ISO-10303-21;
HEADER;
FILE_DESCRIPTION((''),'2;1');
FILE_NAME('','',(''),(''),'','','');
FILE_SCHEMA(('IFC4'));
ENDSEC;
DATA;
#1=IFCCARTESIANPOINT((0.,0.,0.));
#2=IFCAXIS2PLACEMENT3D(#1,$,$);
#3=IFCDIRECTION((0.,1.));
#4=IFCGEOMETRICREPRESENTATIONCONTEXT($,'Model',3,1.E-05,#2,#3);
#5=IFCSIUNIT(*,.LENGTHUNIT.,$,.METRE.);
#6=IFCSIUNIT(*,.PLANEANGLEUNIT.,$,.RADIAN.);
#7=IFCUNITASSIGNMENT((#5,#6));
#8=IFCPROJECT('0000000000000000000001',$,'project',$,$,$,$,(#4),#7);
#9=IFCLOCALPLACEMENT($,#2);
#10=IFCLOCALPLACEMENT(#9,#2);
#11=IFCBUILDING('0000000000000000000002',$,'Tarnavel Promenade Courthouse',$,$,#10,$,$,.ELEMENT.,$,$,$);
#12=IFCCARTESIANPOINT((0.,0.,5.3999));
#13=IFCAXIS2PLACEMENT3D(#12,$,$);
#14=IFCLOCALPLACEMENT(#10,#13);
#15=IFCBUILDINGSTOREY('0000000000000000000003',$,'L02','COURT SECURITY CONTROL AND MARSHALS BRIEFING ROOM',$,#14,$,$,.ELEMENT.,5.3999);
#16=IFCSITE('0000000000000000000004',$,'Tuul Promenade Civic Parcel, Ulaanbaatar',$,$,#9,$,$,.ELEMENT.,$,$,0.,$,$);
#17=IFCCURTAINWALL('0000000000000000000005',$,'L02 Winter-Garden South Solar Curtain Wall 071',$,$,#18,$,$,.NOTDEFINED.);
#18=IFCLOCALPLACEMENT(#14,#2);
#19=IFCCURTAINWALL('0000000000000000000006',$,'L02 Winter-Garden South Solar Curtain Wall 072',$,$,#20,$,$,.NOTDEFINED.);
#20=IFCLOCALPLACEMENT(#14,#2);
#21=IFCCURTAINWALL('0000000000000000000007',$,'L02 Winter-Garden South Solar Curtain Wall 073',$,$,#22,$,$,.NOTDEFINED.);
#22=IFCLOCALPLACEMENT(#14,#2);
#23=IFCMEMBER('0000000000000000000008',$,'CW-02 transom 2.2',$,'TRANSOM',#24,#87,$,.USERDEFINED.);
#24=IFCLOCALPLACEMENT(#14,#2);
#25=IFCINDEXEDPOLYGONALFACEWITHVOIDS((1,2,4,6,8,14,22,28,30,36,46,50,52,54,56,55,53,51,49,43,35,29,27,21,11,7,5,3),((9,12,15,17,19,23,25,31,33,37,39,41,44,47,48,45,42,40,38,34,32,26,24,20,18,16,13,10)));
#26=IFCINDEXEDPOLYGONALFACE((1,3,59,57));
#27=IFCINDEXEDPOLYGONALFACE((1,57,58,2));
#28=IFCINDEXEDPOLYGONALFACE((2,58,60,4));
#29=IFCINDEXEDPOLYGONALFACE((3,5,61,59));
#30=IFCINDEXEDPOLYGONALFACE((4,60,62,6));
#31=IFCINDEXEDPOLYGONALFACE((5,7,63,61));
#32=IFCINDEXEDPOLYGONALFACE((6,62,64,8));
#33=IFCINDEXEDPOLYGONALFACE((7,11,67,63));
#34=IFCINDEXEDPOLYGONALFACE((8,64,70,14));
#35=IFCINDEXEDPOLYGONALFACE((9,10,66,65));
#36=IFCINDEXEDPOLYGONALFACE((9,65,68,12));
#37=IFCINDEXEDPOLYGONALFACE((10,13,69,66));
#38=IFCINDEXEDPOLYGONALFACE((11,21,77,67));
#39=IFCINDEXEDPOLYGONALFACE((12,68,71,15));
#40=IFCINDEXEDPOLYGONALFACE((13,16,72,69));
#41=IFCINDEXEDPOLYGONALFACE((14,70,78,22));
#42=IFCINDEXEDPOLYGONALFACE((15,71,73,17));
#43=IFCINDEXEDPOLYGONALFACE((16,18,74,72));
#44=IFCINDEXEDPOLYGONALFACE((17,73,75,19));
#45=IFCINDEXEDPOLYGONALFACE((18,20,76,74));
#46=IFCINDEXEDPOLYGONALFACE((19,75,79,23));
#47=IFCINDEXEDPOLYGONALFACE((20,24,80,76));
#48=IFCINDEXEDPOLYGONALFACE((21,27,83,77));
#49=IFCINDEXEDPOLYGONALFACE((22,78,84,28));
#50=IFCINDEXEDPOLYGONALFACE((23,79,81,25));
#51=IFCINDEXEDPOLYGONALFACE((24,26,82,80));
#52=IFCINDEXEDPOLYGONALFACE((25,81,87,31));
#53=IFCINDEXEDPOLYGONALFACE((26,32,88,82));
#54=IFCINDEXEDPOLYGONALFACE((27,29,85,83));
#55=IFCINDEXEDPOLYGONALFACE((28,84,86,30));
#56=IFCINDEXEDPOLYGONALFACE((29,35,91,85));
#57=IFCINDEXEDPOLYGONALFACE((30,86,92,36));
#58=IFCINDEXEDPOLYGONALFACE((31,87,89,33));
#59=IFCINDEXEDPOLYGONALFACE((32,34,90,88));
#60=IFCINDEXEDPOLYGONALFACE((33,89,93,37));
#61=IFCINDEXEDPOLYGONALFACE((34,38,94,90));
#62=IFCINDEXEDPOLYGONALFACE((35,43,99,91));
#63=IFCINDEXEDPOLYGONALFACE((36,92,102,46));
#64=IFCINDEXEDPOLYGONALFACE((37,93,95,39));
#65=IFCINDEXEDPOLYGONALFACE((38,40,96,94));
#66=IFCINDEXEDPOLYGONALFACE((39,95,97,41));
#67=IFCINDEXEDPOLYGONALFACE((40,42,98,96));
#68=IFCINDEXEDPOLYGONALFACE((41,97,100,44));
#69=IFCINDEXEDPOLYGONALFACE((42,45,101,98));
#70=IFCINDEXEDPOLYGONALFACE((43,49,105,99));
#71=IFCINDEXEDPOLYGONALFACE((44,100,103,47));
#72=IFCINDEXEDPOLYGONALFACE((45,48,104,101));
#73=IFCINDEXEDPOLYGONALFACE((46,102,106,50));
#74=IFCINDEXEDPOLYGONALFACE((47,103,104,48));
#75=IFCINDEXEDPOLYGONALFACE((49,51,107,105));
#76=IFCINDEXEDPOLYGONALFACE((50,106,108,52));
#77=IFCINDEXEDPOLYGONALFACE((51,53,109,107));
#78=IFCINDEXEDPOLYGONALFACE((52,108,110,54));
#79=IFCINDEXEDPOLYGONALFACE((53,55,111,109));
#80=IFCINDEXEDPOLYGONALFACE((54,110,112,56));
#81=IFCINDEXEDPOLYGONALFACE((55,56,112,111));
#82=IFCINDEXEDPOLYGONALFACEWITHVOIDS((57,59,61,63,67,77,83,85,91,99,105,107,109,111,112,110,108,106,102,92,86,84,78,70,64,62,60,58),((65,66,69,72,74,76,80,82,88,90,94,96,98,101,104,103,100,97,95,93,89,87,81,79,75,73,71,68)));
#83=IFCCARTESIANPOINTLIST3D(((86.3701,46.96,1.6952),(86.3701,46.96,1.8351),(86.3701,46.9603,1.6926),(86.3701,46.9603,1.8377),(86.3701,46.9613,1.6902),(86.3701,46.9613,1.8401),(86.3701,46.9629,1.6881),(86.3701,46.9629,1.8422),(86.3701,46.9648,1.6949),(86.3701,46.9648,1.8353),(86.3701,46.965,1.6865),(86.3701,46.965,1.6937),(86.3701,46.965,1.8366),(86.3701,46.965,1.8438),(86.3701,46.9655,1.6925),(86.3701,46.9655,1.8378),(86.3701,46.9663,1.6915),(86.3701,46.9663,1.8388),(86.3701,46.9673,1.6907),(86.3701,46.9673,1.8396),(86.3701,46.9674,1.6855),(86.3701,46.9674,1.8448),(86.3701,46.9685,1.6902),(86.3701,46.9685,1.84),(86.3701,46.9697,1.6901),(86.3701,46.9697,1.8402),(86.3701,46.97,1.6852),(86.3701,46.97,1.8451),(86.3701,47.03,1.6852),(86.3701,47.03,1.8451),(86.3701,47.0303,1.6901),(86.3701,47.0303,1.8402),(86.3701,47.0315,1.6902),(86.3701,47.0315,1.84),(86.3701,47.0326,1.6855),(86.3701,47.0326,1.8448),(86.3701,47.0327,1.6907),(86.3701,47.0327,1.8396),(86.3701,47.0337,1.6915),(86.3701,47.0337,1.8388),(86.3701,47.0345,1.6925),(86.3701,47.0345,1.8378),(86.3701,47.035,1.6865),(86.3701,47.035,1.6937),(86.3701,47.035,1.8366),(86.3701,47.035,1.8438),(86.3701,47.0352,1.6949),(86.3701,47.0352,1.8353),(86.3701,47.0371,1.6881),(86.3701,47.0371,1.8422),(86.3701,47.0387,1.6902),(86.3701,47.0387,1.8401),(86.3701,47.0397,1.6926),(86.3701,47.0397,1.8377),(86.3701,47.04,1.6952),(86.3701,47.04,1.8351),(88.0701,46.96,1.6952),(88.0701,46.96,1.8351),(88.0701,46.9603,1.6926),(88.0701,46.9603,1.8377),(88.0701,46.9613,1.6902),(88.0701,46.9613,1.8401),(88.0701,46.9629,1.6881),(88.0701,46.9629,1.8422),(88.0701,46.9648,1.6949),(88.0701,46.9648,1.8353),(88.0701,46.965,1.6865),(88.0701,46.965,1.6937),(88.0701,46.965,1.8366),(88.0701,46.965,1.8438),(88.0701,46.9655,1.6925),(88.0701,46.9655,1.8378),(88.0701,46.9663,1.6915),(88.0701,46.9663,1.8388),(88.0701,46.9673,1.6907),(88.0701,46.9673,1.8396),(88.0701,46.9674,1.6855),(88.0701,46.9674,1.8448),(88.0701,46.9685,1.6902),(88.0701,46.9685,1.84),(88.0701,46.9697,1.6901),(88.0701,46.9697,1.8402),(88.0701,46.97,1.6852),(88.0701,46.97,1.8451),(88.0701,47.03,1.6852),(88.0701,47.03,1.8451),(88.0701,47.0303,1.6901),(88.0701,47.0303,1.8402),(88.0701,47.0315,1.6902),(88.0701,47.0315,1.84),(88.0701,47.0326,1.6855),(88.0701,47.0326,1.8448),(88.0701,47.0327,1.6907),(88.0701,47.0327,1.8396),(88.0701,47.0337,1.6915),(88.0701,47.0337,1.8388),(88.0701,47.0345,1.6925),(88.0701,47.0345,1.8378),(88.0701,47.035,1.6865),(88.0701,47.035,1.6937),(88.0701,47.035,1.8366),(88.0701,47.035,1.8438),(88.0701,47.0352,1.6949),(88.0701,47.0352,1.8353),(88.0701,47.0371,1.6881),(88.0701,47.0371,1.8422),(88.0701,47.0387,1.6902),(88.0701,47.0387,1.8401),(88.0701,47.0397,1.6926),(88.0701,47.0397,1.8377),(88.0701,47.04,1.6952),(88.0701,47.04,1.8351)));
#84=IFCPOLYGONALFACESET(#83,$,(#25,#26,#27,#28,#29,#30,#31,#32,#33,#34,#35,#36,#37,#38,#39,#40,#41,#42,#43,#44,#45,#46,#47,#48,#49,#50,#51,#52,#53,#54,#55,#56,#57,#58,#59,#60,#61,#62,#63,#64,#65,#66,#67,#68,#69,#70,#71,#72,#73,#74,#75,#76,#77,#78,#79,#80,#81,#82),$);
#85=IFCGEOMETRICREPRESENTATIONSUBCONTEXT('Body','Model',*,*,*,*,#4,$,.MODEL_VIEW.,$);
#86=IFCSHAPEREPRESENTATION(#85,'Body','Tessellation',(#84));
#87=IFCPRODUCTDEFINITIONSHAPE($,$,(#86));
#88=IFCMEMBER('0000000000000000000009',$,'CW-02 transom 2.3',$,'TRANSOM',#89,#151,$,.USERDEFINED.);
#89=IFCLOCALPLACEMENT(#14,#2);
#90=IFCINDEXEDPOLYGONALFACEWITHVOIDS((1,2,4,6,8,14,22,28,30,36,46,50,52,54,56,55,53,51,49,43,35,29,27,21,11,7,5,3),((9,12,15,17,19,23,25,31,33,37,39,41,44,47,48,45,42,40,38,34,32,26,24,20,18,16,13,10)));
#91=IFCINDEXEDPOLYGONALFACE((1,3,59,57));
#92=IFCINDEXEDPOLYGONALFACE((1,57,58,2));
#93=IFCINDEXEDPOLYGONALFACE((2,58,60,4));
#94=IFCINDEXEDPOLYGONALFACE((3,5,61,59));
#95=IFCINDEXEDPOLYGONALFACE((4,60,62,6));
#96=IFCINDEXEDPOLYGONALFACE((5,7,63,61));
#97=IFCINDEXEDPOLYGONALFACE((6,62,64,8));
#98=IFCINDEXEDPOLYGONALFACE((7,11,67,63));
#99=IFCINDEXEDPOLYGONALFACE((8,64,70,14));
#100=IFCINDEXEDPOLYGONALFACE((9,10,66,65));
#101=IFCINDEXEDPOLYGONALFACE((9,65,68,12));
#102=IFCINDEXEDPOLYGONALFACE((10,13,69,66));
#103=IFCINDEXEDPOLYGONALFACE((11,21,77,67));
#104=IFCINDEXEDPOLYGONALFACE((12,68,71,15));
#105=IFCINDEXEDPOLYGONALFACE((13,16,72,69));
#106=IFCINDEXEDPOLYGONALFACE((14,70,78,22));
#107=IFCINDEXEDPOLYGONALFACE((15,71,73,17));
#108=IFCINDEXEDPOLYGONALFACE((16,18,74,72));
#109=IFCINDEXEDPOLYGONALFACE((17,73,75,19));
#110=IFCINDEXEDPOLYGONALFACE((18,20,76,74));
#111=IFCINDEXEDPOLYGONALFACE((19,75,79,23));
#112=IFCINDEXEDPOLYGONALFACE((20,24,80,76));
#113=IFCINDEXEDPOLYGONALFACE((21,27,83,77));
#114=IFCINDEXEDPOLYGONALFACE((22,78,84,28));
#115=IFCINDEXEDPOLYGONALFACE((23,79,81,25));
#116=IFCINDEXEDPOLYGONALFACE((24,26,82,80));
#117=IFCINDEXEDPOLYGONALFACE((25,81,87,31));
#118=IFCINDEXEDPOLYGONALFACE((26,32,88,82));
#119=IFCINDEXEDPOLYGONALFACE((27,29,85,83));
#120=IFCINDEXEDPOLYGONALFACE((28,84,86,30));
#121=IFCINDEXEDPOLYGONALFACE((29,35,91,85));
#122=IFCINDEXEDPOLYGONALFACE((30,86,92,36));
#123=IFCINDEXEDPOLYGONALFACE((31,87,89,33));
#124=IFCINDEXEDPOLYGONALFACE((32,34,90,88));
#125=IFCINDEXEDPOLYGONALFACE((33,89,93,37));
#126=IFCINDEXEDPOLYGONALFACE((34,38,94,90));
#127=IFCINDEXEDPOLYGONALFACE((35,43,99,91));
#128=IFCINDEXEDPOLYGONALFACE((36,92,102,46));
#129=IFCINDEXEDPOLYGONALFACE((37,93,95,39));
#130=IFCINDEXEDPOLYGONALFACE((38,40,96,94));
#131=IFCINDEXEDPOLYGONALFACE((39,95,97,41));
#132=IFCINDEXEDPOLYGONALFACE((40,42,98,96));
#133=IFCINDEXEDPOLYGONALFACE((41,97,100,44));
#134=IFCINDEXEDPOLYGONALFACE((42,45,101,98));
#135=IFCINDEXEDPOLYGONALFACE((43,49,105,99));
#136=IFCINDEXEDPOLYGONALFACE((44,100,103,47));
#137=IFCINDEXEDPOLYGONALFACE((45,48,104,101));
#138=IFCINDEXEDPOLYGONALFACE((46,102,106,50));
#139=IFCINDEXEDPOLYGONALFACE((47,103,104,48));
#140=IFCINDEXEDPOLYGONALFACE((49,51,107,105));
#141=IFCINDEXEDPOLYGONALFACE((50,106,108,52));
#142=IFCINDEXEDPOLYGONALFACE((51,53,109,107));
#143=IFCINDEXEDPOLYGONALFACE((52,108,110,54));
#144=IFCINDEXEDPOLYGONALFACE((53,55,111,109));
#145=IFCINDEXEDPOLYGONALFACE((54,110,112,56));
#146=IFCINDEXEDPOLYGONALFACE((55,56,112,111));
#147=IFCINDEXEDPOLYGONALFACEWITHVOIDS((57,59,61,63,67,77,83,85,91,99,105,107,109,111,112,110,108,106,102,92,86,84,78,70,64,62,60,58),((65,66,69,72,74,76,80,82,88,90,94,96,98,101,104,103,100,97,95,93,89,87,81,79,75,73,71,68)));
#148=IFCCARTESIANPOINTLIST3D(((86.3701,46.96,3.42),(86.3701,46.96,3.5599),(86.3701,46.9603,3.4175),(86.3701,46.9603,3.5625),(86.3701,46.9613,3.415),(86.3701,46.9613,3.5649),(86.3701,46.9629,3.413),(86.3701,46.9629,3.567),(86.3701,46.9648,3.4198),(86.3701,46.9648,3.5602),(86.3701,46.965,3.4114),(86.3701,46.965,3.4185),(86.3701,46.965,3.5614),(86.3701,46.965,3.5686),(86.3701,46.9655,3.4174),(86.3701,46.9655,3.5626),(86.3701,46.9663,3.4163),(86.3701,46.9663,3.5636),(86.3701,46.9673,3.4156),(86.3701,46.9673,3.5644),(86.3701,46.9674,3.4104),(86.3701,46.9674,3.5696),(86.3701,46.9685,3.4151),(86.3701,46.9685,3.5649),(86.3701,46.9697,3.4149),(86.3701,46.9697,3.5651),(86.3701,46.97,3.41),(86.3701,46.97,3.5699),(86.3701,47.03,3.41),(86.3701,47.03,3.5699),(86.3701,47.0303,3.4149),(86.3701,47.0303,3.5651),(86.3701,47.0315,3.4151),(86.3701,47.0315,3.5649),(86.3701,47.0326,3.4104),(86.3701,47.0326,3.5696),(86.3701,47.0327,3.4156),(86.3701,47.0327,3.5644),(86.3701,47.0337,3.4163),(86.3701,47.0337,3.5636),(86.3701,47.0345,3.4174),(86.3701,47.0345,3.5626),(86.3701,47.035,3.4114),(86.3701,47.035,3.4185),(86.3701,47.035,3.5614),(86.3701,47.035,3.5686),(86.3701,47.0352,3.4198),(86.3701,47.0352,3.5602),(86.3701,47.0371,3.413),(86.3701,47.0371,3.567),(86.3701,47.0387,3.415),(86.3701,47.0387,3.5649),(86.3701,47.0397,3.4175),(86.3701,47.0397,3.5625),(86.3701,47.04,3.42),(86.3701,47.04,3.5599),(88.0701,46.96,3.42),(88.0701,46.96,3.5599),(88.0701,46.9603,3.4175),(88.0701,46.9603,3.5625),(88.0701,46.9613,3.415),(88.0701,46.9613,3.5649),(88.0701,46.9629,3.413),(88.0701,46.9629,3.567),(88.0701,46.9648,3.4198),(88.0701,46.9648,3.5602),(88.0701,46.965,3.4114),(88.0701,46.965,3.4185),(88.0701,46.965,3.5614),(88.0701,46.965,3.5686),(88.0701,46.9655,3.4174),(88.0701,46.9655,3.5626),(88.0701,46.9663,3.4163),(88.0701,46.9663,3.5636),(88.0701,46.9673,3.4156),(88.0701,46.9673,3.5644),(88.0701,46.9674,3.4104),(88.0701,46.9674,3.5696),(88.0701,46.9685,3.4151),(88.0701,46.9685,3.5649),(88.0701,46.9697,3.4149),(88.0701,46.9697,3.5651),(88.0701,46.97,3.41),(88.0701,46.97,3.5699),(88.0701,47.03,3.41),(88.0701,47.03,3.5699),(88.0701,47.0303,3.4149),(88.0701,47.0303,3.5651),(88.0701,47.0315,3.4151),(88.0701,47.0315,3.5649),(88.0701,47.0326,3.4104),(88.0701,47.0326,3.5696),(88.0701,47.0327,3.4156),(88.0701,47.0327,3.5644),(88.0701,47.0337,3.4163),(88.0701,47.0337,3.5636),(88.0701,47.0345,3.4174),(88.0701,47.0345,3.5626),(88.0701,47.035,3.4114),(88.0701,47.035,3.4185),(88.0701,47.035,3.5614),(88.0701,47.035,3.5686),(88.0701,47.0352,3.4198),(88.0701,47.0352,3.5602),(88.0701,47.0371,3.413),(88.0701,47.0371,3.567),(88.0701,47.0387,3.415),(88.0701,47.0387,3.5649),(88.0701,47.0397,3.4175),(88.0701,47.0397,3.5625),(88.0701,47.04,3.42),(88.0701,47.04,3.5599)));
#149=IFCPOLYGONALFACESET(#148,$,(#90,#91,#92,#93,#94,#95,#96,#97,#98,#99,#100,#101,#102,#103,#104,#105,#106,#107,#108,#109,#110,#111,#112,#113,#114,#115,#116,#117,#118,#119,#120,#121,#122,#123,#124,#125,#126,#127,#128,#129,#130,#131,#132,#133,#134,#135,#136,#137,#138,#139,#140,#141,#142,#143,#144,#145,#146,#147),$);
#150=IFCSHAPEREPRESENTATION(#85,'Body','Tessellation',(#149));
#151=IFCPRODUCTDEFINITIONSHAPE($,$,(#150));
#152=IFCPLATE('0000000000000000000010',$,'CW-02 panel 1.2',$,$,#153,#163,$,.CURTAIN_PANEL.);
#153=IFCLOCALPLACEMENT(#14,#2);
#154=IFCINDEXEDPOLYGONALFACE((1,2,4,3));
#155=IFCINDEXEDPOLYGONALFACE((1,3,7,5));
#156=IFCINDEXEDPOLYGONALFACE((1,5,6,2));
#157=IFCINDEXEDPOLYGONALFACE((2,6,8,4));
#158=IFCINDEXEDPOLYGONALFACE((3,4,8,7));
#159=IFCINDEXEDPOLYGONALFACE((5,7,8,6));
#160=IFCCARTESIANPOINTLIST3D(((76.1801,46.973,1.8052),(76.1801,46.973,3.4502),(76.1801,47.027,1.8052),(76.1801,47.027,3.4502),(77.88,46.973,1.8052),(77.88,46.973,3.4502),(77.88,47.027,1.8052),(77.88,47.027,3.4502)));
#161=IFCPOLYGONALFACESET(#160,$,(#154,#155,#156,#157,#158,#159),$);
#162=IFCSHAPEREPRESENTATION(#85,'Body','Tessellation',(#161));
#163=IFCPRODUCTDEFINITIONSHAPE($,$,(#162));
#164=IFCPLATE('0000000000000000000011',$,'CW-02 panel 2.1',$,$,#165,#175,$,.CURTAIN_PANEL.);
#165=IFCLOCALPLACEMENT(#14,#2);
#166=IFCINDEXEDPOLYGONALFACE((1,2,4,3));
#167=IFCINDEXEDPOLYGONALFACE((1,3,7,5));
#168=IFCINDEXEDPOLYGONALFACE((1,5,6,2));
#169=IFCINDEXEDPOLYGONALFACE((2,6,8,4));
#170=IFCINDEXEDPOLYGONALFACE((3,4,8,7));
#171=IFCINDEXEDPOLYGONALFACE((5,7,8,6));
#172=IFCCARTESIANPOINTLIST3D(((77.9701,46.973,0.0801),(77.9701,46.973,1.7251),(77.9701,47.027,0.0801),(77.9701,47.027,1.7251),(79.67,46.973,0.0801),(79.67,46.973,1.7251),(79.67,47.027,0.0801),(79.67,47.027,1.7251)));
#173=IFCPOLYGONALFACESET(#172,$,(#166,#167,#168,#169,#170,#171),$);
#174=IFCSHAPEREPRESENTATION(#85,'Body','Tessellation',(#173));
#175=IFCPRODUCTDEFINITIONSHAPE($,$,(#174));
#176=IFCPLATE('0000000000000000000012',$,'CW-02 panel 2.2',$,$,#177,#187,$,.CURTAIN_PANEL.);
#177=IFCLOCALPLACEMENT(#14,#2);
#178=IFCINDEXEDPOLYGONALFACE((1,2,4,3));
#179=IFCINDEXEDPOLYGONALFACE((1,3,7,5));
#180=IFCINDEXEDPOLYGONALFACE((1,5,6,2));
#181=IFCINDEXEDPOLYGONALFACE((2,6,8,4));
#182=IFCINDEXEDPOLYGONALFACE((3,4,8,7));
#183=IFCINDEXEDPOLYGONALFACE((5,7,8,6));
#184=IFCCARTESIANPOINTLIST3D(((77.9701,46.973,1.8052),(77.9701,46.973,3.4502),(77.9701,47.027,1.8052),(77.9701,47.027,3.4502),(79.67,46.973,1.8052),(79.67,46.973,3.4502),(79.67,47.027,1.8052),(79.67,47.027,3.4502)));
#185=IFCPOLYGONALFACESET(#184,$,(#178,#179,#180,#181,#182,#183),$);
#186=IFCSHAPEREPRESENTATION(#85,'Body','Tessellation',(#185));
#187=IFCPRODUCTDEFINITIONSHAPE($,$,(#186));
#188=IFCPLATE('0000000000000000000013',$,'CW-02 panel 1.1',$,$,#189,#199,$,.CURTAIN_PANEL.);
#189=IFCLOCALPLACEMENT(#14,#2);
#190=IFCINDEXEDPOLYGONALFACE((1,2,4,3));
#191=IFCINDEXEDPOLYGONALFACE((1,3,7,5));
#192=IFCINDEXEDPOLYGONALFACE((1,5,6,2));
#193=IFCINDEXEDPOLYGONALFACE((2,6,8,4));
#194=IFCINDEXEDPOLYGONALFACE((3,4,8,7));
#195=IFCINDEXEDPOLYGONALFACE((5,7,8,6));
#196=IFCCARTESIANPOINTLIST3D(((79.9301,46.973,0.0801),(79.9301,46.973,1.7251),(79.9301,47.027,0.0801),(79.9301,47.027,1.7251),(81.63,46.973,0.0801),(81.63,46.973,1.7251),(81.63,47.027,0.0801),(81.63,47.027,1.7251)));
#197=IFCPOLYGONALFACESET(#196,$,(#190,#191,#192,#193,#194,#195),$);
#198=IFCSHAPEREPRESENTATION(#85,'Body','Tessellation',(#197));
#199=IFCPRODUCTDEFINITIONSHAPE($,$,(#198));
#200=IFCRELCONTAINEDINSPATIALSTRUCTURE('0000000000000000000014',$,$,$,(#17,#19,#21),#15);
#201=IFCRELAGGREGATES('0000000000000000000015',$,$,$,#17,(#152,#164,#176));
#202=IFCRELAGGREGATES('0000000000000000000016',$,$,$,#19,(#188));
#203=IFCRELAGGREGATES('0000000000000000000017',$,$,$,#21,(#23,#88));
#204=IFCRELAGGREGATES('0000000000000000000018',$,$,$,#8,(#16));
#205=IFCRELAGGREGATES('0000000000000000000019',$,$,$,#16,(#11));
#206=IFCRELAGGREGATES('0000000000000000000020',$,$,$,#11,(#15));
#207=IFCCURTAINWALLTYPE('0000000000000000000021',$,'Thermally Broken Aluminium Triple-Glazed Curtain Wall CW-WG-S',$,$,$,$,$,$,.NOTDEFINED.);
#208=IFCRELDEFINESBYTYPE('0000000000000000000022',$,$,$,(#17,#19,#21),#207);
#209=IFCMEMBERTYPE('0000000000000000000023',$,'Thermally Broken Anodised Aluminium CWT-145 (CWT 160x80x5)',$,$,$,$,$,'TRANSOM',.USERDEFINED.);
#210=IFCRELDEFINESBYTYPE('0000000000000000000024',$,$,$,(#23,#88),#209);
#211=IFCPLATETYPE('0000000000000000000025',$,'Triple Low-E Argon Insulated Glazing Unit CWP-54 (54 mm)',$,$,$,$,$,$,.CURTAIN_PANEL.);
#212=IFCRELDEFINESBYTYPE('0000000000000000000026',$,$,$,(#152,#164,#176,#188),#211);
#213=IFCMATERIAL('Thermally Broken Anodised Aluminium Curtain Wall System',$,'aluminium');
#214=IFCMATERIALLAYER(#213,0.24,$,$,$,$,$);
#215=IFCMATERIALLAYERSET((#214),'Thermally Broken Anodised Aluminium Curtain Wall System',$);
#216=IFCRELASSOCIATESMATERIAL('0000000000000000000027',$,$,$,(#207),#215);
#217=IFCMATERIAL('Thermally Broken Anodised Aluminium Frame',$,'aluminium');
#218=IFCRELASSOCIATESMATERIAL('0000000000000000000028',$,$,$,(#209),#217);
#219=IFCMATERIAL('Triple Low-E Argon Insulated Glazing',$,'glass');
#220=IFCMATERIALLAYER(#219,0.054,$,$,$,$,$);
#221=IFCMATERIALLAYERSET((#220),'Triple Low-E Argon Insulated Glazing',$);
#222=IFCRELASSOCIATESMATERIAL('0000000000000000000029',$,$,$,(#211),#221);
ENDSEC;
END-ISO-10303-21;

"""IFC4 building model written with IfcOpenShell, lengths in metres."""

from ifc_helpers import new_model, si_unit, direction, frame, origin, origin_2d, place, context, subcontext, project, spatial, rectangle, hollow_rectangle, extrude, material, layer, layer_set, material_profile, profile_set, type_object, element, aggregate, save


model = new_model("IFC4")

# Units and contexts
model_context = context("Model", 3, precision=1e-05, world=origin(), true_north=direction((0.0, 1.0)))
body_context = subcontext(model_context, "Body", "Model", "MODEL_VIEW")
ifc_project = project(units=[si_unit("LENGTHUNIT", "METRE"), si_unit("PLANEANGLEUNIT", "RADIAN")], contexts=[model_context])

# Site, building, storey
site_placement = place(None, origin())
site = spatial("IfcSite", under=ifc_project, at=site_placement, Name="Tuul Promenade Civic Parcel, Ulaanbaatar", CompositionType="ELEMENT", RefElevation=0.0)
building_placement = place(site_placement, origin())
building = spatial("IfcBuilding", under=site, at=building_placement, Name="Tarnavel Promenade Courthouse", CompositionType="ELEMENT")
storey_placement = place(building_placement, frame((0.0, 0.0, 5.3999)))
storey = spatial("IfcBuildingStorey", under=building, at=storey_placement, Name="L02", Description="COURT SECURITY CONTROL AND MARSHALS BRIEFING ROOM", CompositionType="ELEMENT", Elevation=5.3999)

# Curtain walls
ifc_material_1 = material(Name="Thermally Broken Anodised Aluminium Curtain Wall System", Category="aluminium")
ifc_layer_1 = layer(ifc_material_1, 0.24)
ifc_layer_set_1 = layer_set([ifc_layer_1], Name="Thermally Broken Anodised Aluminium Curtain Wall System")
curtain_wall_type = type_object("IfcCurtainWallType", Name="Thermally Broken Aluminium Triple-Glazed Curtain Wall CW-WG-S", PredefinedType="NOTDEFINED", material=ifc_layer_set_1)
curtain_wall_1_placement = place(storey_placement, origin())
curtain_wall_1 = element("IfcCurtainWall", 1, at=curtain_wall_1_placement, inside=storey, type_object=curtain_wall_type, Name="L02 Winter-Garden South Solar Curtain Wall 071", PredefinedType="NOTDEFINED")
ifc_material_2 = material(Name="Thermally Broken Anodised Aluminium Frame", Category="aluminium")
curtain_wall_2_placement = place(storey_placement, origin())
curtain_wall_2 = element("IfcCurtainWall", 2, at=curtain_wall_2_placement, inside=storey, type_object=curtain_wall_type, Name="L02 Winter-Garden South Solar Curtain Wall 072", PredefinedType="NOTDEFINED")
curtain_wall_3_placement = place(storey_placement, origin())
curtain_wall_3 = element("IfcCurtainWall", 3, at=curtain_wall_3_placement, inside=storey, type_object=curtain_wall_type, Name="L02 Winter-Garden South Solar Curtain Wall 073", PredefinedType="NOTDEFINED")

# Members
ifc_material_profile_1 = material_profile(ifc_material_2, hollow_rectangle(XDim=0.0801, YDim=0.1599, WallThickness=0.0049, InnerFilletRadius=0.0049, OuterFilletRadius=0.01, at=origin_2d()), Name="CWT 160x80x5")
ifc_profile_set_1 = profile_set([ifc_material_profile_1], Name="Thermally Broken Anodised Aluminium Frame")
member_type_1 = type_object("IfcMemberType", Name="Thermally Broken Anodised Aluminium CWT-145 (CWT 160x80x5)", ElementType="TRANSOM", PredefinedType="USERDEFINED", material=ifc_profile_set_1)
member_1_placement = place(storey_placement, frame((86.3701, 47.0, 1.7651), z_axis=(1.0, 0.0, 0.0), x_axis=(0.0, 1.0, 0.0)))
member_1 = element("IfcMember", 4, at=member_1_placement, type_object=member_type_1, Name="CW-02 transom 2.2", ObjectType="TRANSOM", PredefinedType="USERDEFINED", context=body_context, shape_type="SweptSolid", body=[
    extrude(hollow_rectangle(XDim=0.0801, YDim=0.1599, WallThickness=0.0049, InnerFilletRadius=0.0049, OuterFilletRadius=0.01, at=origin_2d()), origin(), (0.0, 0.0, 1.0), 1.7),
])
member_2_placement = place(storey_placement, frame((86.3701, 47.0, 3.49), z_axis=(1.0, 0.0, 0.0), x_axis=(0.0, 1.0, 0.0)))
member_2 = element("IfcMember", 5, at=member_2_placement, type_object=member_type_1, Name="CW-02 transom 2.3", ObjectType="TRANSOM", PredefinedType="USERDEFINED", context=body_context, shape_type="SweptSolid", body=[
    extrude(hollow_rectangle(XDim=0.0801, YDim=0.1599, WallThickness=0.0049, InnerFilletRadius=0.0049, OuterFilletRadius=0.01, at=origin_2d()), origin(), (0.0, 0.0, 1.0), 1.7),
])

# Plates
ifc_material_3 = material(Name="Triple Low-E Argon Insulated Glazing", Category="glass")
ifc_layer_2 = layer(ifc_material_3, 0.054)
ifc_layer_set_2 = layer_set([ifc_layer_2], Name="Triple Low-E Argon Insulated Glazing")
plate_type = type_object("IfcPlateType", Name="Triple Low-E Argon Insulated Glazing Unit CWP-54 (54 mm)", PredefinedType="CURTAIN_PANEL", material=ifc_layer_set_2)
plate_1_placement = place(storey_placement, frame((77.03, 47.0, 1.8052), z_axis=(0.0, 0.0, 1.0), x_axis=(1.0, 0.0, 0.0)))
plate_1 = element("IfcPlate", 6, at=plate_1_placement, type_object=plate_type, Name="CW-02 panel 1.2", PredefinedType="CURTAIN_PANEL", context=body_context, shape_type="SweptSolid", body=[
    extrude(rectangle(XDim=1.7, YDim=0.054, at=origin_2d()), origin(), (0.0, 0.0, 1.0), 1.645),
])
plate_2_placement = place(storey_placement, frame((78.8201, 47.0, 0.0801), z_axis=(0.0, 0.0, 1.0), x_axis=(1.0, 0.0, 0.0)))
plate_2 = element("IfcPlate", 7, at=plate_2_placement, type_object=plate_type, Name="CW-02 panel 2.1", PredefinedType="CURTAIN_PANEL", context=body_context, shape_type="SweptSolid", body=[
    extrude(rectangle(XDim=1.7, YDim=0.054, at=origin_2d()), origin(), (0.0, 0.0, 1.0), 1.645),
])
plate_3_placement = place(storey_placement, frame((78.8201, 47.0, 1.8052), z_axis=(0.0, 0.0, 1.0), x_axis=(1.0, 0.0, 0.0)))
plate_3 = element("IfcPlate", 8, at=plate_3_placement, type_object=plate_type, Name="CW-02 panel 2.2", PredefinedType="CURTAIN_PANEL", context=body_context, shape_type="SweptSolid", body=[
    extrude(rectangle(XDim=1.7, YDim=0.054, at=origin_2d()), origin(), (0.0, 0.0, 1.0), 1.645),
])
aggregate(curtain_wall_1, [plate_1, plate_2, plate_3])
plate_4_placement = place(storey_placement, frame((80.78, 47.0, 0.0801), z_axis=(0.0, 0.0, 1.0), x_axis=(1.0, 0.0, 0.0)))
plate_4 = element("IfcPlate", 9, at=plate_4_placement, type_object=plate_type, Name="CW-02 panel 1.1", PredefinedType="CURTAIN_PANEL", context=body_context, shape_type="SweptSolid", body=[
    extrude(rectangle(XDim=1.7, YDim=0.054, at=origin_2d()), origin(), (0.0, 0.0, 1.0), 1.645),
])
aggregate(curtain_wall_2, [plate_4])
aggregate(curtain_wall_3, [member_1, member_2])

save(model, "model.ifc")
